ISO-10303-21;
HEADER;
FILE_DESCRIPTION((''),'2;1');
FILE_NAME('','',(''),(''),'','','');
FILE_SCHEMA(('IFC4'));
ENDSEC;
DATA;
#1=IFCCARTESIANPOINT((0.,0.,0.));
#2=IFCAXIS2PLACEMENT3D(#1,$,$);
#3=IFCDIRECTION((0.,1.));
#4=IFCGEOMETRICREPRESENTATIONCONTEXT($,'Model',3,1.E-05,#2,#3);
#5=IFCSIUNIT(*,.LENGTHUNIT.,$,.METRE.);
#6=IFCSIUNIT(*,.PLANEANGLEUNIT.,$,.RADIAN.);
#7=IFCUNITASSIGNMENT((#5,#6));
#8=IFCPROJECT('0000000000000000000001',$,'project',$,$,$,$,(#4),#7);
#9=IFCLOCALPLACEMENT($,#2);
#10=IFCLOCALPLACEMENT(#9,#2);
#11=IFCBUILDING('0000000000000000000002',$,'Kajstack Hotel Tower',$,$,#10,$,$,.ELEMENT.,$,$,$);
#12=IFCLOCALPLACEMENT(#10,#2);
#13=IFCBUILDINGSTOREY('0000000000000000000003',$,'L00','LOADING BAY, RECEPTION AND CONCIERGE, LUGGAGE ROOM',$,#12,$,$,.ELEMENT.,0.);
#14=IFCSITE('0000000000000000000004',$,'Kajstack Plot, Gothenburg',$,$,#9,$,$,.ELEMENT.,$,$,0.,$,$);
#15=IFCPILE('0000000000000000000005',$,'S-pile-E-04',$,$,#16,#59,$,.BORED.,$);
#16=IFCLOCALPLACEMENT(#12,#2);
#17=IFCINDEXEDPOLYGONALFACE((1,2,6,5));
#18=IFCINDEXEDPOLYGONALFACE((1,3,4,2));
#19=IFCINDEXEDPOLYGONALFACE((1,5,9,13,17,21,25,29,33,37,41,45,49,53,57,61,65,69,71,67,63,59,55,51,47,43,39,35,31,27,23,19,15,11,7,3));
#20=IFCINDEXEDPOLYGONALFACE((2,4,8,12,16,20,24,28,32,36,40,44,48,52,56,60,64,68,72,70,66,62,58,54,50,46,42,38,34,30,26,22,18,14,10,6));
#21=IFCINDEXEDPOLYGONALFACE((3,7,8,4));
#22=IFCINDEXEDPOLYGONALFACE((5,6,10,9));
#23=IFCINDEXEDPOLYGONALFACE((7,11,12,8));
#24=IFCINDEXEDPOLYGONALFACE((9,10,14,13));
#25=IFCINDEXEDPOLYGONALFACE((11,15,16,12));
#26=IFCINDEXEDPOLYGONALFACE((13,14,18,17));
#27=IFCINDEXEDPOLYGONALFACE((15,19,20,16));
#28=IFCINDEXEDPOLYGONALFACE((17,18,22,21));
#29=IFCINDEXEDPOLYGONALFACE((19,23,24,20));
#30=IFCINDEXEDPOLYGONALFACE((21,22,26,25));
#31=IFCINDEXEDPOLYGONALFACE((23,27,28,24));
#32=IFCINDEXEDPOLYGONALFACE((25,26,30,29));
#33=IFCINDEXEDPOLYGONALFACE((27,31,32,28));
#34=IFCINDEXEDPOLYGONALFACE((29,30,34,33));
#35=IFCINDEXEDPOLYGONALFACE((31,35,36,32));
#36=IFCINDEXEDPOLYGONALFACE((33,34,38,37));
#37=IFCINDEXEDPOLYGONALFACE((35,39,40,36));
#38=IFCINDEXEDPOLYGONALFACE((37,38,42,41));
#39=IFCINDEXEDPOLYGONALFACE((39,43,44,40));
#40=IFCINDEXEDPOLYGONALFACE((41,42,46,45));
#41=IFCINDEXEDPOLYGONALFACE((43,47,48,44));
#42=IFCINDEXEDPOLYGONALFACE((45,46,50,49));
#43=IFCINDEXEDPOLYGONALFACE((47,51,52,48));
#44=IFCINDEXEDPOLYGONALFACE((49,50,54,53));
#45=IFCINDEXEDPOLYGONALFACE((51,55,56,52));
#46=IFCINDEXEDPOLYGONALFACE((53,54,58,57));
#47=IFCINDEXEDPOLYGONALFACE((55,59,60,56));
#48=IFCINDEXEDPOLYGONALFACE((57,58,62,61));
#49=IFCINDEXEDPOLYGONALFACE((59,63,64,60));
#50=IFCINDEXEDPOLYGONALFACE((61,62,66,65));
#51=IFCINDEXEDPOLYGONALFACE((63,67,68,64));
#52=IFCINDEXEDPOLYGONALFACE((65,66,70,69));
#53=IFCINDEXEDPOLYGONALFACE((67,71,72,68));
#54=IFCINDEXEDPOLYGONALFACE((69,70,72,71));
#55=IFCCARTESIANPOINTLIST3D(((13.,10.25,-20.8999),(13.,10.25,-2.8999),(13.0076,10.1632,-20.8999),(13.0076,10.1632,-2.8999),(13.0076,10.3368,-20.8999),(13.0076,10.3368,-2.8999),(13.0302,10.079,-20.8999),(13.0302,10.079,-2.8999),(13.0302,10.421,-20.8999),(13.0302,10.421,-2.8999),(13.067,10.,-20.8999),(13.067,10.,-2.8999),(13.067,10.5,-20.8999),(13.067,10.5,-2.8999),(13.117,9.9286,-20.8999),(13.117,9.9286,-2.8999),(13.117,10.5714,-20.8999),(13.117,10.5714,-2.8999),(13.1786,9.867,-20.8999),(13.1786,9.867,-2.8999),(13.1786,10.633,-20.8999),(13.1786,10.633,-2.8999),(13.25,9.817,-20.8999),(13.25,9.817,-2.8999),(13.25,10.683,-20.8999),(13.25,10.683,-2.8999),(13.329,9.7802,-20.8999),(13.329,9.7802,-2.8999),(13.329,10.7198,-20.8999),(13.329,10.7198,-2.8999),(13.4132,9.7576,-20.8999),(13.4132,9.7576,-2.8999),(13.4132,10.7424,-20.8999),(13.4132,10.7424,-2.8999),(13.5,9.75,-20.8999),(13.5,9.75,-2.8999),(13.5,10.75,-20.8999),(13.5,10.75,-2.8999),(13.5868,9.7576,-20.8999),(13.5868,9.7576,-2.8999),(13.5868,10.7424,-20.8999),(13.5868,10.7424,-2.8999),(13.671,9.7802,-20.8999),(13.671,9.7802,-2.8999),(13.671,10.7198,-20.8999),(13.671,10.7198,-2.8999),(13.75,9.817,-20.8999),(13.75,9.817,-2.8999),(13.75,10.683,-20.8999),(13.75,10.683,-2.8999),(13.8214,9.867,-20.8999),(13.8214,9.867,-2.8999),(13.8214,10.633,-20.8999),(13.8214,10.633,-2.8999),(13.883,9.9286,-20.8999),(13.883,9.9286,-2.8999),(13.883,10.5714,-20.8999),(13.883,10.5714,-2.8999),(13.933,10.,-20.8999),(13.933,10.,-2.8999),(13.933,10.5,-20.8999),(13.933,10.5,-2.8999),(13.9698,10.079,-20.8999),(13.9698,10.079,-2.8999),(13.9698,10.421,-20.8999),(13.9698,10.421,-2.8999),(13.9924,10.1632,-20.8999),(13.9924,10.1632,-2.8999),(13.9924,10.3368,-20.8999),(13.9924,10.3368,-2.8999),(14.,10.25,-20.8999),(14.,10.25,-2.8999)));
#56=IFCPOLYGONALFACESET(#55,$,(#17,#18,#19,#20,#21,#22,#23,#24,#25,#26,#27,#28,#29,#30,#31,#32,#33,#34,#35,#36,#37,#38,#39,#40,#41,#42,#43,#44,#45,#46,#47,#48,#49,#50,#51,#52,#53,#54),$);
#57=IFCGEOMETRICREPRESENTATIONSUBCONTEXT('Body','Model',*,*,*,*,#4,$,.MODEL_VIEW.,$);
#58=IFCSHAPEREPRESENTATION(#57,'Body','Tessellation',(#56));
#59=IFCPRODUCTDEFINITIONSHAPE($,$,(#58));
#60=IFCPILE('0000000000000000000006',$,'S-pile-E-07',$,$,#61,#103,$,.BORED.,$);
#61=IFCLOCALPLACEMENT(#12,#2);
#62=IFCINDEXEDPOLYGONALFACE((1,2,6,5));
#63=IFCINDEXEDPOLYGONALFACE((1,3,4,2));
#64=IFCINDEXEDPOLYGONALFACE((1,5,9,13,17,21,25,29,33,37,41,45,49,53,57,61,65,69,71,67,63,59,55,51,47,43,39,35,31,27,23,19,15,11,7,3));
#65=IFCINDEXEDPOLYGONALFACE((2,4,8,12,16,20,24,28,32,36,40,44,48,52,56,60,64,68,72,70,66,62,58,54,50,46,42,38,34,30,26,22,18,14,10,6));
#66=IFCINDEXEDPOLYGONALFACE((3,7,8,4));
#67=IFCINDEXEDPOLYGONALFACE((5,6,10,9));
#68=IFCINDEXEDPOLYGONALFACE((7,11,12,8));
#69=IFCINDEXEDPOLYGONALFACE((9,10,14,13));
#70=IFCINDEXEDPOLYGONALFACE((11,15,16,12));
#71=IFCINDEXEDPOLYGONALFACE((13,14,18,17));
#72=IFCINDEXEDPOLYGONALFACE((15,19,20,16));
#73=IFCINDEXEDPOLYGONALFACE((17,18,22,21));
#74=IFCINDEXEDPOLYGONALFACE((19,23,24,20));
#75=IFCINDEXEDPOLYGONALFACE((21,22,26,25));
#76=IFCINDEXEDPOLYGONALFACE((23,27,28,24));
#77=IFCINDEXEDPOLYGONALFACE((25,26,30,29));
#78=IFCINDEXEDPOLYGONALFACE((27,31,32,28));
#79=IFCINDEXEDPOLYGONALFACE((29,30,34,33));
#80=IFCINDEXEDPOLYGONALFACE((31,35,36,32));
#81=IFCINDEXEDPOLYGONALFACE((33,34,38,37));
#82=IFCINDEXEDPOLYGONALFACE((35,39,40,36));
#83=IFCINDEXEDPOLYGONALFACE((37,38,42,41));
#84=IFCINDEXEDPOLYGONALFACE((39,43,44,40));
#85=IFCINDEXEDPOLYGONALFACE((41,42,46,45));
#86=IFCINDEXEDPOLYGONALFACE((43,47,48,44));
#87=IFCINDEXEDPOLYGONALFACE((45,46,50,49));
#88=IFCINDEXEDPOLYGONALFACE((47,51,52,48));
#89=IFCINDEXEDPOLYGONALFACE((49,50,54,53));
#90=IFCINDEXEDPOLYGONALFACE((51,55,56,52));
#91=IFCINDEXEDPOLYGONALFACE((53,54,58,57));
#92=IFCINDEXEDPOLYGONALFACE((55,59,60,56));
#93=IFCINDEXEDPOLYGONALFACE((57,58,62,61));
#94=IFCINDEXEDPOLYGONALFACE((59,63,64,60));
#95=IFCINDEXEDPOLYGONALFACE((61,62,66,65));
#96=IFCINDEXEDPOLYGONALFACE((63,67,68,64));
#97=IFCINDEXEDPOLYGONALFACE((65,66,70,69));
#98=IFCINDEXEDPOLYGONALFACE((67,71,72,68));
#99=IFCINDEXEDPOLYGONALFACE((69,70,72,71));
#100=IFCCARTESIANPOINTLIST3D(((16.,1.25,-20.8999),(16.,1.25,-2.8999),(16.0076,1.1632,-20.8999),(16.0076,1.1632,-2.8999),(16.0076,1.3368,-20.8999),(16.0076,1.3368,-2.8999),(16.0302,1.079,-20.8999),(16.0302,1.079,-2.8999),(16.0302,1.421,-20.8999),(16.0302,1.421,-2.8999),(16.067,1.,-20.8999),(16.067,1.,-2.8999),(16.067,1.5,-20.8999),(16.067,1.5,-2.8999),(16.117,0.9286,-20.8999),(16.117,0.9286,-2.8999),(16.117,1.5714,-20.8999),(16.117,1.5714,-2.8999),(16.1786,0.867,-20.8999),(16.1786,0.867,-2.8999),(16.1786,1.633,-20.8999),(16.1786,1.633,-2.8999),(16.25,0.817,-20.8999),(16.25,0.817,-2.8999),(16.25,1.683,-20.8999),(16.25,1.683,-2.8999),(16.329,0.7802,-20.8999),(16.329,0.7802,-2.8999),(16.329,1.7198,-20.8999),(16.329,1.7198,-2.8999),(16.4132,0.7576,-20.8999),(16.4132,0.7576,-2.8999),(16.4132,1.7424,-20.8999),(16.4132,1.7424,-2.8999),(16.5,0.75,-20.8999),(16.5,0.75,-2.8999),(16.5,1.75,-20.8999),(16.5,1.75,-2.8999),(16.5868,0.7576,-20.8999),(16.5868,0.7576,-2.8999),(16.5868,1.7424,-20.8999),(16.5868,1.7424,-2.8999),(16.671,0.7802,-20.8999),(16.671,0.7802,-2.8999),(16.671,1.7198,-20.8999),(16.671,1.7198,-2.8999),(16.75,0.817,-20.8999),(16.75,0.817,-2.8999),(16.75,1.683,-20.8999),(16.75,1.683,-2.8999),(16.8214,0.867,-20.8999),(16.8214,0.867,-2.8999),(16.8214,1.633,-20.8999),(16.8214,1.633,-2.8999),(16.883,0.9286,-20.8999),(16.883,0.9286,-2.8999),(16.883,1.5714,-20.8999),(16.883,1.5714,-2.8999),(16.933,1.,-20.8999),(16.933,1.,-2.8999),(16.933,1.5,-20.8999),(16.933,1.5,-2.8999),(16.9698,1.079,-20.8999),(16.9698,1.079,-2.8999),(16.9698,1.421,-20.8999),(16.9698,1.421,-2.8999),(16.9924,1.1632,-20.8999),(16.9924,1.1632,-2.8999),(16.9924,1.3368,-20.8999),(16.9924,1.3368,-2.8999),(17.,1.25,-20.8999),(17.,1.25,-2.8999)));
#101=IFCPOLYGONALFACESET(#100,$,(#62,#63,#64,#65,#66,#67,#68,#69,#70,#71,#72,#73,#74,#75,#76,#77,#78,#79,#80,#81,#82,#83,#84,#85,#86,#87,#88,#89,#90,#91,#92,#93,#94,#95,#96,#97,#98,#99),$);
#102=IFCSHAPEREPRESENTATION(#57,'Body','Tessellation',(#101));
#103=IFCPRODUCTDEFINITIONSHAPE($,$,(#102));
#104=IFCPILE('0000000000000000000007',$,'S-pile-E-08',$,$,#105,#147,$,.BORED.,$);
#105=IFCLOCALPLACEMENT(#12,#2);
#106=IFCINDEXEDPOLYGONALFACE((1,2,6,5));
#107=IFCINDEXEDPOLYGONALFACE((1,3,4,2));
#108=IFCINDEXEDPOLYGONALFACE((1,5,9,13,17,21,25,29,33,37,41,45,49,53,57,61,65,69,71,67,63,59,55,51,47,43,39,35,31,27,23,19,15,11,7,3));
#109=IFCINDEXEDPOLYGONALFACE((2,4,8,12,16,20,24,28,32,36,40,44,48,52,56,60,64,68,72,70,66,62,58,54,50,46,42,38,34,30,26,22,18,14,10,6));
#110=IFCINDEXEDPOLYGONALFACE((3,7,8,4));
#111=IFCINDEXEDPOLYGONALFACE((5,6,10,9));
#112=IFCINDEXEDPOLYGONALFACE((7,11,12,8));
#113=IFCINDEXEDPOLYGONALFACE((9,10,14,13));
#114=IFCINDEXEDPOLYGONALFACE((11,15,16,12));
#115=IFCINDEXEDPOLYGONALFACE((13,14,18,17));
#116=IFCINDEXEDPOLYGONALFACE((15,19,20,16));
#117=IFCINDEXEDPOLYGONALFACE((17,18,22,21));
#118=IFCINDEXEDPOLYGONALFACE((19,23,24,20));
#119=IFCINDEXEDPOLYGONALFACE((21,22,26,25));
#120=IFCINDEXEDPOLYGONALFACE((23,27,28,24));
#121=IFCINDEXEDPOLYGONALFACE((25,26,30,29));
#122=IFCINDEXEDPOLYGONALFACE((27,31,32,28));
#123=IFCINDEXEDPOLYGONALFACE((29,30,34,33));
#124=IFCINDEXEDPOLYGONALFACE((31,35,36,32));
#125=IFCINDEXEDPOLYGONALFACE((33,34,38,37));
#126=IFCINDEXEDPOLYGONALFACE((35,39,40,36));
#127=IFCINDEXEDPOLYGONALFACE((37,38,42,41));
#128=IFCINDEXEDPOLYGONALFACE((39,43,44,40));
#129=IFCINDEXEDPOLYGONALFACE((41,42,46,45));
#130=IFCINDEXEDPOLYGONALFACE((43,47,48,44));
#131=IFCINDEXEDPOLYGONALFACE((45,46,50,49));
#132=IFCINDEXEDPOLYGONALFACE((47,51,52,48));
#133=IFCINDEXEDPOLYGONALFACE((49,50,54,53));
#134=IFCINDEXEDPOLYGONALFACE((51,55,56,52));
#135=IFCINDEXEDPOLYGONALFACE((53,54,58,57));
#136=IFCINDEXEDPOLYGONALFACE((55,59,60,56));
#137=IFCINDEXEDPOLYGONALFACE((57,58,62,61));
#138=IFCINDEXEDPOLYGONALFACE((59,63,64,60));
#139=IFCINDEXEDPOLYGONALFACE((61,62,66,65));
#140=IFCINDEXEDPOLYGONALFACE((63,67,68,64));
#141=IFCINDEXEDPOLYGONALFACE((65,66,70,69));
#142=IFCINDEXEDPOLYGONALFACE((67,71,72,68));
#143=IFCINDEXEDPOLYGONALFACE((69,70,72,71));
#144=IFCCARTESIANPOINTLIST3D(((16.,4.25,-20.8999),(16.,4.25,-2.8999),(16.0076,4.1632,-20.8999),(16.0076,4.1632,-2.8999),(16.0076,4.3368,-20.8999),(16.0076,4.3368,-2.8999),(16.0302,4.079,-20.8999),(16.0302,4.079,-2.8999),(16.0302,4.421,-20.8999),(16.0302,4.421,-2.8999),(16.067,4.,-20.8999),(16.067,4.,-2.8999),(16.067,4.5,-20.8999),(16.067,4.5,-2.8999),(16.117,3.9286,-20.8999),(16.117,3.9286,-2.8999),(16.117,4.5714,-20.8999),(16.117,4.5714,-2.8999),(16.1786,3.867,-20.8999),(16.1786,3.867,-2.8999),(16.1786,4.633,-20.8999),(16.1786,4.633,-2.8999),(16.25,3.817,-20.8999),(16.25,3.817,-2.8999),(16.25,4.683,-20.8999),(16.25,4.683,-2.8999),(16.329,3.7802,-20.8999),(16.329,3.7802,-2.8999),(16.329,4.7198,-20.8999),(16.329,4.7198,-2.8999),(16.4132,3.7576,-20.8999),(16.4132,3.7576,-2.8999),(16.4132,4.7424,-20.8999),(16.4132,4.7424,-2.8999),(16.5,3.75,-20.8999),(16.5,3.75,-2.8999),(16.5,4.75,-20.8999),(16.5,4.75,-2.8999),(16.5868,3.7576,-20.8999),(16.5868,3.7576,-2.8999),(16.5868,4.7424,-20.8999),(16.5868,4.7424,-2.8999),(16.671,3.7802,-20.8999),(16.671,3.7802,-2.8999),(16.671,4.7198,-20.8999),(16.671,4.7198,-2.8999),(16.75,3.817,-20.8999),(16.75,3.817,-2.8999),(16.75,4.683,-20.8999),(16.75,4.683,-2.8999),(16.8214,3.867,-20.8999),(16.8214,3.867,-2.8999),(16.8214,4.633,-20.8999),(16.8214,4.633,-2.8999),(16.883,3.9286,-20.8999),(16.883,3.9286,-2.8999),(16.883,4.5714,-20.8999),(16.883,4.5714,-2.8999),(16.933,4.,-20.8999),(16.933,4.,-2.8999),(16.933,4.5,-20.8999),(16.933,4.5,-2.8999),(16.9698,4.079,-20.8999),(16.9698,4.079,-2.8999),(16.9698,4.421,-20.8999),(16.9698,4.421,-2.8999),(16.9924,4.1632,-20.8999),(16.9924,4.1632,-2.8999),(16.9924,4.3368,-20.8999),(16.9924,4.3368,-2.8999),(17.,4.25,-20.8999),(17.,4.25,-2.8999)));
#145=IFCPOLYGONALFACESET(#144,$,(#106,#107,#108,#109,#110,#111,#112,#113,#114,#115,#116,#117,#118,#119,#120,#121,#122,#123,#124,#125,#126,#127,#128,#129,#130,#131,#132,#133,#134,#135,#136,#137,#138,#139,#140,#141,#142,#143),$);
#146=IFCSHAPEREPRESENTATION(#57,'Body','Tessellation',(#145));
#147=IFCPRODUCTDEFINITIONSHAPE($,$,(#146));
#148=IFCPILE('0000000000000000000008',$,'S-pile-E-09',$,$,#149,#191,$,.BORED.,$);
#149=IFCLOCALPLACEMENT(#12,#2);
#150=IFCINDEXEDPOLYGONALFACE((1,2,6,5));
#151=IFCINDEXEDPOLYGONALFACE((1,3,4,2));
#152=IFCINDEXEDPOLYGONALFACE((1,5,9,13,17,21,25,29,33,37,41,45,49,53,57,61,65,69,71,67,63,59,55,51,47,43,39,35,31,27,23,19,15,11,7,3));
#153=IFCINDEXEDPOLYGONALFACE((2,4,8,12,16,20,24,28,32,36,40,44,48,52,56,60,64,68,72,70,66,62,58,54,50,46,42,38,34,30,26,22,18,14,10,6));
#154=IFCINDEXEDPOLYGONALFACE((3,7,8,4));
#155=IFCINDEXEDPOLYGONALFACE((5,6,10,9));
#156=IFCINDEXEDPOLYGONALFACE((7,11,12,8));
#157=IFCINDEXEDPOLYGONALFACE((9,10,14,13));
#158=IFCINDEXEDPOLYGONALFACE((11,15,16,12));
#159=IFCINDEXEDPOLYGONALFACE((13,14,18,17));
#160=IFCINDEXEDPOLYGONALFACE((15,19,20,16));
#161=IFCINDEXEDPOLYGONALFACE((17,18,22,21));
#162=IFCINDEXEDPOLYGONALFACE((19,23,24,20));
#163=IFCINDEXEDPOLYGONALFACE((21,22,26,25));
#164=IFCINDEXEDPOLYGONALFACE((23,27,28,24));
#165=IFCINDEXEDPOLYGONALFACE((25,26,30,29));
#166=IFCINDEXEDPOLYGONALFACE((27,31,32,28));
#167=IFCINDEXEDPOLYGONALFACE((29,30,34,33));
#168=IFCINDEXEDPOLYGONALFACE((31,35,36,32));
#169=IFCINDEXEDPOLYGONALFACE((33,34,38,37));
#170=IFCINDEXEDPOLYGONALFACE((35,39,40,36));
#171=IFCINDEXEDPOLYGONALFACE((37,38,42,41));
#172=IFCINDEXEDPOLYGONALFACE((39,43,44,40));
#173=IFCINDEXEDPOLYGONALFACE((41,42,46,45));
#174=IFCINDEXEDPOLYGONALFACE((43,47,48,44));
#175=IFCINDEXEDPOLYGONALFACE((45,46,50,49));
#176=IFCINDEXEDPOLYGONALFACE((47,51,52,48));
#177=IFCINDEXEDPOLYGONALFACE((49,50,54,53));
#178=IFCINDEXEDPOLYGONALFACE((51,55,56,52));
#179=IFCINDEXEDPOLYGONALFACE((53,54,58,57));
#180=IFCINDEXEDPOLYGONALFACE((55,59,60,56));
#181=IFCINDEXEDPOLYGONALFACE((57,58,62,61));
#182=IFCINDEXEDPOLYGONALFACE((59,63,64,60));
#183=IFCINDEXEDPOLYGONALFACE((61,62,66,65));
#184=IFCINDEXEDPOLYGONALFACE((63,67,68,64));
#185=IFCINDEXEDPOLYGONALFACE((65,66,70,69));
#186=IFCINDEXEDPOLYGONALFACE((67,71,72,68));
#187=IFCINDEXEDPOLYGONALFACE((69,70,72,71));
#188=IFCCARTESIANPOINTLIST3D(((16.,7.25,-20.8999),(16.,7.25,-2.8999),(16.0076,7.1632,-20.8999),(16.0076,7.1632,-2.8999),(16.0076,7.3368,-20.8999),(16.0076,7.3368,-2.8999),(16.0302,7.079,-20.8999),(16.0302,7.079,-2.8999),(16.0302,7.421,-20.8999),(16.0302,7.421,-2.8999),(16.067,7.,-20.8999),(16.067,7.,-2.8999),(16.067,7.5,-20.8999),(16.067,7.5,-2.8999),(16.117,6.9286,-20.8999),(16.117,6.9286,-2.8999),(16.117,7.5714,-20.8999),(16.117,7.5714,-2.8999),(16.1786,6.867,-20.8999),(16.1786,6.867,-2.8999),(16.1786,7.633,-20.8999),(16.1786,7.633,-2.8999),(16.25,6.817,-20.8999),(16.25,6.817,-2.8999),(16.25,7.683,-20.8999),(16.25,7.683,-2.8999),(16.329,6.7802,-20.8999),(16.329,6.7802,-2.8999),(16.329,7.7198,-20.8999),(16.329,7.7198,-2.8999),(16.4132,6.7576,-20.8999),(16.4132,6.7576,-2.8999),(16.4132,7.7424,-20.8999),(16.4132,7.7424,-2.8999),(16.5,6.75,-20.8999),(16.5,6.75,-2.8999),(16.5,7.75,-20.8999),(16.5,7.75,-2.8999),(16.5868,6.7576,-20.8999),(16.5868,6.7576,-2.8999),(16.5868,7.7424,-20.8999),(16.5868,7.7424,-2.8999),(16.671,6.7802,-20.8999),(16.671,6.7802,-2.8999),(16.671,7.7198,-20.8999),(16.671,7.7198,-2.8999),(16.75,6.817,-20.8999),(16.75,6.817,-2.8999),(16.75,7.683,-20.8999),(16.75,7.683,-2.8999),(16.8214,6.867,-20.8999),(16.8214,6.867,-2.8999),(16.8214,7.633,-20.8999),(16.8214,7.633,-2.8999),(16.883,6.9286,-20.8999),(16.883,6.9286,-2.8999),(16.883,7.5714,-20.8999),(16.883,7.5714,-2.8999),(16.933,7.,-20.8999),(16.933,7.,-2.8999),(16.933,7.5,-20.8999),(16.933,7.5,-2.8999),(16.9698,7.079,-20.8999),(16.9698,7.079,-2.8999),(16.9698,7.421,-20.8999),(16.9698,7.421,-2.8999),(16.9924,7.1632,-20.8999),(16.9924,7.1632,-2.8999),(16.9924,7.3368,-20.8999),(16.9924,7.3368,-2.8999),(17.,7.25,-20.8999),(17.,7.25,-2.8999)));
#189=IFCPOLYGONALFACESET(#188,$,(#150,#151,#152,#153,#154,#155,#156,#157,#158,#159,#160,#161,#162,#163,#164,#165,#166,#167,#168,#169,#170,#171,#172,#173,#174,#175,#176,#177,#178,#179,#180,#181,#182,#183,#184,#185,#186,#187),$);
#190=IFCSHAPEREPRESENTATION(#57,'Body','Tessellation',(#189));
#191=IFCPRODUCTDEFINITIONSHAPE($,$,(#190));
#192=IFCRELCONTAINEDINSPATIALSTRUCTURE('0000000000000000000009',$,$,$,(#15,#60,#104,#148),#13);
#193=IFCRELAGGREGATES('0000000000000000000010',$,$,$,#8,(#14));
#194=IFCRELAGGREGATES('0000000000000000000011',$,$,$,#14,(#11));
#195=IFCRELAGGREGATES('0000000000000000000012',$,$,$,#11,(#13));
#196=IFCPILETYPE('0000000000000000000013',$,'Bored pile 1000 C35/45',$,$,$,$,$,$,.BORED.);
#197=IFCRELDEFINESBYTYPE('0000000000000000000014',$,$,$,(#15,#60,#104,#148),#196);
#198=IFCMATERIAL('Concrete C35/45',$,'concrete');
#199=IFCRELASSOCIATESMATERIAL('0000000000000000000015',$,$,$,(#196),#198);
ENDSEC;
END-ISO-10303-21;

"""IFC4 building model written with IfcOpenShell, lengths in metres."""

from ifc_helpers import new_model, si_unit, direction, frame, origin, origin_2d, place, context, subcontext, project, spatial, circle, extrude, material, material_profile, profile_set, type_object, element, save


model = new_model("IFC4")

# Units and contexts
model_context = context("Model", 3, precision=1e-05, world=origin(), true_north=direction((0.0, 1.0)))
body_context = subcontext(model_context, "Body", "Model", "MODEL_VIEW")
ifc_project = project(units=[si_unit("LENGTHUNIT", "METRE"), si_unit("PLANEANGLEUNIT", "RADIAN")], contexts=[model_context])

# Site, building, storey
site_placement = place(None, origin())
site = spatial("IfcSite", under=ifc_project, at=site_placement, Name="Kajstack Plot, Gothenburg", CompositionType="ELEMENT", RefElevation=0.0)
building_placement = place(site_placement, origin())
building = spatial("IfcBuilding", under=site, at=building_placement, Name="Kajstack Hotel Tower", CompositionType="ELEMENT")
storey_placement = place(building_placement, origin())
storey = spatial("IfcBuildingStorey", under=building, at=storey_placement, Name="L00", Description="LOADING BAY, RECEPTION AND CONCIERGE, LUGGAGE ROOM", CompositionType="ELEMENT", Elevation=0.0)

# Piles
ifc_material_1 = material(Name="Concrete C35/45", Category="concrete")
ifc_material_profile = material_profile(ifc_material_1, circle(Radius=0.5, at=origin_2d()), Name="RC round 1000")
ifc_profile_set = profile_set([ifc_material_profile], Name="Concrete C35/45")
pile_type = type_object("IfcPileType", Name="Bored pile 1000 C35/45", PredefinedType="BORED", material=ifc_profile_set)
for number, where, z_axis, x_axis, name in (
    (1, (13.5, 10.25, -2.8999), (0.0, 0.0, -1.0), (1.0, 0.0, 0.0), "S-pile-E-04"),
    (2, (16.5, 1.25, -2.8999), (0.0, 0.0, -1.0), (1.0, 0.0, 0.0), "S-pile-E-07"),
    (3, (16.5, 4.25, -2.8999), (0.0, 0.0, -1.0), (1.0, 0.0, 0.0), "S-pile-E-08"),
    (4, (16.5, 7.25, -2.8999), (0.0, 0.0, -1.0), (1.0, 0.0, 0.0), "S-pile-E-09"),
):
    element("IfcPile", number, at=place(storey_placement, frame(where, z_axis=z_axis, x_axis=x_axis)), inside=storey, type_object=pile_type, Name=name, PredefinedType="BORED", context=body_context, shape_type="SweptSolid", body=[
        extrude(circle(Radius=0.5, at=origin_2d()), origin(), (0.0, 0.0, 1.0), 18.0),
    ])

save(model, "model.ifc")
